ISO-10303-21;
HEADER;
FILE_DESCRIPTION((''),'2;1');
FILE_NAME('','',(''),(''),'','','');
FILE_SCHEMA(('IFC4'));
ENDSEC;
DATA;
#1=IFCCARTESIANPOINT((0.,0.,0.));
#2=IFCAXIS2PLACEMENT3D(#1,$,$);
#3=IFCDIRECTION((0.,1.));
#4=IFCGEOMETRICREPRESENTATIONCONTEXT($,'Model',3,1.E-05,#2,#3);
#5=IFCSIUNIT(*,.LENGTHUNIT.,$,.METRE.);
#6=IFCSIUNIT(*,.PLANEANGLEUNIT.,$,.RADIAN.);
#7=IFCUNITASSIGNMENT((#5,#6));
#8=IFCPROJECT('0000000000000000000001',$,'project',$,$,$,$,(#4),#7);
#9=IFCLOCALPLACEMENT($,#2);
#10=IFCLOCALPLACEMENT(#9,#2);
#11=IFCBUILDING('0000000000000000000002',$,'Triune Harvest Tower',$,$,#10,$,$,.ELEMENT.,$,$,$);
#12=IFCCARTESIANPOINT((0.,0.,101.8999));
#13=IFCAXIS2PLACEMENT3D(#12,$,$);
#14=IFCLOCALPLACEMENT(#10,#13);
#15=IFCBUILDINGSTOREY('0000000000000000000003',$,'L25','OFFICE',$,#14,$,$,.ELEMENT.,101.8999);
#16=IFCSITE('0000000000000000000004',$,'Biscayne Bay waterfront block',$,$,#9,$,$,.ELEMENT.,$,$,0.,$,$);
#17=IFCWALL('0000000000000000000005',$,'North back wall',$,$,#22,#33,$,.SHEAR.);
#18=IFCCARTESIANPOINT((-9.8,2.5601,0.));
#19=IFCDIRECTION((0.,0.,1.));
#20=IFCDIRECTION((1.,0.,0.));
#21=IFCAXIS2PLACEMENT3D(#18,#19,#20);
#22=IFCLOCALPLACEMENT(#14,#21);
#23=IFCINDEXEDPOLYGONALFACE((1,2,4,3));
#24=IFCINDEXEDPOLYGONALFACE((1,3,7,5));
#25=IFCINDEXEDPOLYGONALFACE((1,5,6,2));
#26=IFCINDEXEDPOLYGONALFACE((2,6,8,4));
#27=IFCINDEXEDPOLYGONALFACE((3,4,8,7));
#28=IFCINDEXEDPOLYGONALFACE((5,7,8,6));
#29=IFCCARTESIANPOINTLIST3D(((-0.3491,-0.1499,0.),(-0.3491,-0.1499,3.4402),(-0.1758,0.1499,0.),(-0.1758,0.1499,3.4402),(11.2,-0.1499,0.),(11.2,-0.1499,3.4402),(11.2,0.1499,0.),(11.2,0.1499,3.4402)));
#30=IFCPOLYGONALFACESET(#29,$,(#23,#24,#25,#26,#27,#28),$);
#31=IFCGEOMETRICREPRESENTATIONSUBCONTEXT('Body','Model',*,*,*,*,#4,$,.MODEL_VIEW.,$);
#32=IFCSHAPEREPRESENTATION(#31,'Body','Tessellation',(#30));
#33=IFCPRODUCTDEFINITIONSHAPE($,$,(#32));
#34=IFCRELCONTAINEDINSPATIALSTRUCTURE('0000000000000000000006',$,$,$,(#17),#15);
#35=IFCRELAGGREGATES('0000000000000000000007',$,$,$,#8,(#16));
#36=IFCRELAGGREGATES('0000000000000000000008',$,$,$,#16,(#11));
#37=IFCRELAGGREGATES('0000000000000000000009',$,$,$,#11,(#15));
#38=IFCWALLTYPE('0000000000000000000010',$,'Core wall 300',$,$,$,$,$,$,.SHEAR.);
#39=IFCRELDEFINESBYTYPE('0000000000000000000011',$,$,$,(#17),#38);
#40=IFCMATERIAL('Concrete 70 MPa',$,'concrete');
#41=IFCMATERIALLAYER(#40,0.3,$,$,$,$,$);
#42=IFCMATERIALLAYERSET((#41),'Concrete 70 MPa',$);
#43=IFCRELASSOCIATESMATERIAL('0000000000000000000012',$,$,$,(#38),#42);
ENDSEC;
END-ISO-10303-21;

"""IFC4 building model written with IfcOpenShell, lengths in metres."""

from ifc_helpers import new_model, si_unit, direction, frame, origin, place, context, subcontext, project, spatial, polyline, outline, extrude, source, transform, mapped, material, layer, layer_set, type_object, element, save


model = new_model("IFC4")

# Units and contexts
model_context = context("Model", 3, precision=1e-05, world=origin(), true_north=direction((0.0, 1.0)))
body_context = subcontext(model_context, "Body", "Model", "MODEL_VIEW")
ifc_project = project(units=[si_unit("LENGTHUNIT", "METRE"), si_unit("PLANEANGLEUNIT", "RADIAN")], contexts=[model_context])

# Site, building, storey
site_placement = place(None, origin())
site = spatial("IfcSite", under=ifc_project, at=site_placement, Name="Biscayne Bay waterfront block", CompositionType="ELEMENT", RefElevation=0.0)
building_placement = place(site_placement, origin())
building = spatial("IfcBuilding", under=site, at=building_placement, Name="Triune Harvest Tower", CompositionType="ELEMENT")
storey_placement = place(building_placement, frame((0.0, 0.0, 101.8999)))
storey = spatial("IfcBuildingStorey", under=building, at=storey_placement, Name="L25", Description="OFFICE", CompositionType="ELEMENT", Elevation=101.8999)

# Shared definitions
ifc_material_1 = material(Name="Concrete 70 MPa", Category="concrete")
ifc_layer_1 = layer(ifc_material_1, 0.3)
ifc_layer_set_1 = layer_set([ifc_layer_1], Name="Concrete 70 MPa")
wall_type_1 = type_object("IfcWallType", Name="Core wall 300", PredefinedType="SHEAR", material=ifc_layer_set_1)

# Wall
shared_shape_1 = source(origin(), body_context, "Body", "SweptSolid", [
    extrude(outline(polyline([(11.2, -0.1499), (-0.3491, -0.1499), (-0.1758, 0.1499), (11.2, 0.1499), (11.2, -0.1499)])), origin(), (0.0, 0.0, 1.0), 3.4402),
])
wall_1_placement = place(storey_placement, frame((-9.8, 2.5601, 0.0), z_axis=(0.0, 0.0, 1.0), x_axis=(1.0, 0.0, 0.0)))
element("IfcWall", 1, at=wall_1_placement, inside=storey, type_object=wall_type_1, Name="North back wall", PredefinedType="SHEAR", context=body_context, shape_type="MappedRepresentation", body=[
    mapped(shared_shape_1, transform((0.0, 0.0, 0.0), scale=1.0)),
])

save(model, "model.ifc")
